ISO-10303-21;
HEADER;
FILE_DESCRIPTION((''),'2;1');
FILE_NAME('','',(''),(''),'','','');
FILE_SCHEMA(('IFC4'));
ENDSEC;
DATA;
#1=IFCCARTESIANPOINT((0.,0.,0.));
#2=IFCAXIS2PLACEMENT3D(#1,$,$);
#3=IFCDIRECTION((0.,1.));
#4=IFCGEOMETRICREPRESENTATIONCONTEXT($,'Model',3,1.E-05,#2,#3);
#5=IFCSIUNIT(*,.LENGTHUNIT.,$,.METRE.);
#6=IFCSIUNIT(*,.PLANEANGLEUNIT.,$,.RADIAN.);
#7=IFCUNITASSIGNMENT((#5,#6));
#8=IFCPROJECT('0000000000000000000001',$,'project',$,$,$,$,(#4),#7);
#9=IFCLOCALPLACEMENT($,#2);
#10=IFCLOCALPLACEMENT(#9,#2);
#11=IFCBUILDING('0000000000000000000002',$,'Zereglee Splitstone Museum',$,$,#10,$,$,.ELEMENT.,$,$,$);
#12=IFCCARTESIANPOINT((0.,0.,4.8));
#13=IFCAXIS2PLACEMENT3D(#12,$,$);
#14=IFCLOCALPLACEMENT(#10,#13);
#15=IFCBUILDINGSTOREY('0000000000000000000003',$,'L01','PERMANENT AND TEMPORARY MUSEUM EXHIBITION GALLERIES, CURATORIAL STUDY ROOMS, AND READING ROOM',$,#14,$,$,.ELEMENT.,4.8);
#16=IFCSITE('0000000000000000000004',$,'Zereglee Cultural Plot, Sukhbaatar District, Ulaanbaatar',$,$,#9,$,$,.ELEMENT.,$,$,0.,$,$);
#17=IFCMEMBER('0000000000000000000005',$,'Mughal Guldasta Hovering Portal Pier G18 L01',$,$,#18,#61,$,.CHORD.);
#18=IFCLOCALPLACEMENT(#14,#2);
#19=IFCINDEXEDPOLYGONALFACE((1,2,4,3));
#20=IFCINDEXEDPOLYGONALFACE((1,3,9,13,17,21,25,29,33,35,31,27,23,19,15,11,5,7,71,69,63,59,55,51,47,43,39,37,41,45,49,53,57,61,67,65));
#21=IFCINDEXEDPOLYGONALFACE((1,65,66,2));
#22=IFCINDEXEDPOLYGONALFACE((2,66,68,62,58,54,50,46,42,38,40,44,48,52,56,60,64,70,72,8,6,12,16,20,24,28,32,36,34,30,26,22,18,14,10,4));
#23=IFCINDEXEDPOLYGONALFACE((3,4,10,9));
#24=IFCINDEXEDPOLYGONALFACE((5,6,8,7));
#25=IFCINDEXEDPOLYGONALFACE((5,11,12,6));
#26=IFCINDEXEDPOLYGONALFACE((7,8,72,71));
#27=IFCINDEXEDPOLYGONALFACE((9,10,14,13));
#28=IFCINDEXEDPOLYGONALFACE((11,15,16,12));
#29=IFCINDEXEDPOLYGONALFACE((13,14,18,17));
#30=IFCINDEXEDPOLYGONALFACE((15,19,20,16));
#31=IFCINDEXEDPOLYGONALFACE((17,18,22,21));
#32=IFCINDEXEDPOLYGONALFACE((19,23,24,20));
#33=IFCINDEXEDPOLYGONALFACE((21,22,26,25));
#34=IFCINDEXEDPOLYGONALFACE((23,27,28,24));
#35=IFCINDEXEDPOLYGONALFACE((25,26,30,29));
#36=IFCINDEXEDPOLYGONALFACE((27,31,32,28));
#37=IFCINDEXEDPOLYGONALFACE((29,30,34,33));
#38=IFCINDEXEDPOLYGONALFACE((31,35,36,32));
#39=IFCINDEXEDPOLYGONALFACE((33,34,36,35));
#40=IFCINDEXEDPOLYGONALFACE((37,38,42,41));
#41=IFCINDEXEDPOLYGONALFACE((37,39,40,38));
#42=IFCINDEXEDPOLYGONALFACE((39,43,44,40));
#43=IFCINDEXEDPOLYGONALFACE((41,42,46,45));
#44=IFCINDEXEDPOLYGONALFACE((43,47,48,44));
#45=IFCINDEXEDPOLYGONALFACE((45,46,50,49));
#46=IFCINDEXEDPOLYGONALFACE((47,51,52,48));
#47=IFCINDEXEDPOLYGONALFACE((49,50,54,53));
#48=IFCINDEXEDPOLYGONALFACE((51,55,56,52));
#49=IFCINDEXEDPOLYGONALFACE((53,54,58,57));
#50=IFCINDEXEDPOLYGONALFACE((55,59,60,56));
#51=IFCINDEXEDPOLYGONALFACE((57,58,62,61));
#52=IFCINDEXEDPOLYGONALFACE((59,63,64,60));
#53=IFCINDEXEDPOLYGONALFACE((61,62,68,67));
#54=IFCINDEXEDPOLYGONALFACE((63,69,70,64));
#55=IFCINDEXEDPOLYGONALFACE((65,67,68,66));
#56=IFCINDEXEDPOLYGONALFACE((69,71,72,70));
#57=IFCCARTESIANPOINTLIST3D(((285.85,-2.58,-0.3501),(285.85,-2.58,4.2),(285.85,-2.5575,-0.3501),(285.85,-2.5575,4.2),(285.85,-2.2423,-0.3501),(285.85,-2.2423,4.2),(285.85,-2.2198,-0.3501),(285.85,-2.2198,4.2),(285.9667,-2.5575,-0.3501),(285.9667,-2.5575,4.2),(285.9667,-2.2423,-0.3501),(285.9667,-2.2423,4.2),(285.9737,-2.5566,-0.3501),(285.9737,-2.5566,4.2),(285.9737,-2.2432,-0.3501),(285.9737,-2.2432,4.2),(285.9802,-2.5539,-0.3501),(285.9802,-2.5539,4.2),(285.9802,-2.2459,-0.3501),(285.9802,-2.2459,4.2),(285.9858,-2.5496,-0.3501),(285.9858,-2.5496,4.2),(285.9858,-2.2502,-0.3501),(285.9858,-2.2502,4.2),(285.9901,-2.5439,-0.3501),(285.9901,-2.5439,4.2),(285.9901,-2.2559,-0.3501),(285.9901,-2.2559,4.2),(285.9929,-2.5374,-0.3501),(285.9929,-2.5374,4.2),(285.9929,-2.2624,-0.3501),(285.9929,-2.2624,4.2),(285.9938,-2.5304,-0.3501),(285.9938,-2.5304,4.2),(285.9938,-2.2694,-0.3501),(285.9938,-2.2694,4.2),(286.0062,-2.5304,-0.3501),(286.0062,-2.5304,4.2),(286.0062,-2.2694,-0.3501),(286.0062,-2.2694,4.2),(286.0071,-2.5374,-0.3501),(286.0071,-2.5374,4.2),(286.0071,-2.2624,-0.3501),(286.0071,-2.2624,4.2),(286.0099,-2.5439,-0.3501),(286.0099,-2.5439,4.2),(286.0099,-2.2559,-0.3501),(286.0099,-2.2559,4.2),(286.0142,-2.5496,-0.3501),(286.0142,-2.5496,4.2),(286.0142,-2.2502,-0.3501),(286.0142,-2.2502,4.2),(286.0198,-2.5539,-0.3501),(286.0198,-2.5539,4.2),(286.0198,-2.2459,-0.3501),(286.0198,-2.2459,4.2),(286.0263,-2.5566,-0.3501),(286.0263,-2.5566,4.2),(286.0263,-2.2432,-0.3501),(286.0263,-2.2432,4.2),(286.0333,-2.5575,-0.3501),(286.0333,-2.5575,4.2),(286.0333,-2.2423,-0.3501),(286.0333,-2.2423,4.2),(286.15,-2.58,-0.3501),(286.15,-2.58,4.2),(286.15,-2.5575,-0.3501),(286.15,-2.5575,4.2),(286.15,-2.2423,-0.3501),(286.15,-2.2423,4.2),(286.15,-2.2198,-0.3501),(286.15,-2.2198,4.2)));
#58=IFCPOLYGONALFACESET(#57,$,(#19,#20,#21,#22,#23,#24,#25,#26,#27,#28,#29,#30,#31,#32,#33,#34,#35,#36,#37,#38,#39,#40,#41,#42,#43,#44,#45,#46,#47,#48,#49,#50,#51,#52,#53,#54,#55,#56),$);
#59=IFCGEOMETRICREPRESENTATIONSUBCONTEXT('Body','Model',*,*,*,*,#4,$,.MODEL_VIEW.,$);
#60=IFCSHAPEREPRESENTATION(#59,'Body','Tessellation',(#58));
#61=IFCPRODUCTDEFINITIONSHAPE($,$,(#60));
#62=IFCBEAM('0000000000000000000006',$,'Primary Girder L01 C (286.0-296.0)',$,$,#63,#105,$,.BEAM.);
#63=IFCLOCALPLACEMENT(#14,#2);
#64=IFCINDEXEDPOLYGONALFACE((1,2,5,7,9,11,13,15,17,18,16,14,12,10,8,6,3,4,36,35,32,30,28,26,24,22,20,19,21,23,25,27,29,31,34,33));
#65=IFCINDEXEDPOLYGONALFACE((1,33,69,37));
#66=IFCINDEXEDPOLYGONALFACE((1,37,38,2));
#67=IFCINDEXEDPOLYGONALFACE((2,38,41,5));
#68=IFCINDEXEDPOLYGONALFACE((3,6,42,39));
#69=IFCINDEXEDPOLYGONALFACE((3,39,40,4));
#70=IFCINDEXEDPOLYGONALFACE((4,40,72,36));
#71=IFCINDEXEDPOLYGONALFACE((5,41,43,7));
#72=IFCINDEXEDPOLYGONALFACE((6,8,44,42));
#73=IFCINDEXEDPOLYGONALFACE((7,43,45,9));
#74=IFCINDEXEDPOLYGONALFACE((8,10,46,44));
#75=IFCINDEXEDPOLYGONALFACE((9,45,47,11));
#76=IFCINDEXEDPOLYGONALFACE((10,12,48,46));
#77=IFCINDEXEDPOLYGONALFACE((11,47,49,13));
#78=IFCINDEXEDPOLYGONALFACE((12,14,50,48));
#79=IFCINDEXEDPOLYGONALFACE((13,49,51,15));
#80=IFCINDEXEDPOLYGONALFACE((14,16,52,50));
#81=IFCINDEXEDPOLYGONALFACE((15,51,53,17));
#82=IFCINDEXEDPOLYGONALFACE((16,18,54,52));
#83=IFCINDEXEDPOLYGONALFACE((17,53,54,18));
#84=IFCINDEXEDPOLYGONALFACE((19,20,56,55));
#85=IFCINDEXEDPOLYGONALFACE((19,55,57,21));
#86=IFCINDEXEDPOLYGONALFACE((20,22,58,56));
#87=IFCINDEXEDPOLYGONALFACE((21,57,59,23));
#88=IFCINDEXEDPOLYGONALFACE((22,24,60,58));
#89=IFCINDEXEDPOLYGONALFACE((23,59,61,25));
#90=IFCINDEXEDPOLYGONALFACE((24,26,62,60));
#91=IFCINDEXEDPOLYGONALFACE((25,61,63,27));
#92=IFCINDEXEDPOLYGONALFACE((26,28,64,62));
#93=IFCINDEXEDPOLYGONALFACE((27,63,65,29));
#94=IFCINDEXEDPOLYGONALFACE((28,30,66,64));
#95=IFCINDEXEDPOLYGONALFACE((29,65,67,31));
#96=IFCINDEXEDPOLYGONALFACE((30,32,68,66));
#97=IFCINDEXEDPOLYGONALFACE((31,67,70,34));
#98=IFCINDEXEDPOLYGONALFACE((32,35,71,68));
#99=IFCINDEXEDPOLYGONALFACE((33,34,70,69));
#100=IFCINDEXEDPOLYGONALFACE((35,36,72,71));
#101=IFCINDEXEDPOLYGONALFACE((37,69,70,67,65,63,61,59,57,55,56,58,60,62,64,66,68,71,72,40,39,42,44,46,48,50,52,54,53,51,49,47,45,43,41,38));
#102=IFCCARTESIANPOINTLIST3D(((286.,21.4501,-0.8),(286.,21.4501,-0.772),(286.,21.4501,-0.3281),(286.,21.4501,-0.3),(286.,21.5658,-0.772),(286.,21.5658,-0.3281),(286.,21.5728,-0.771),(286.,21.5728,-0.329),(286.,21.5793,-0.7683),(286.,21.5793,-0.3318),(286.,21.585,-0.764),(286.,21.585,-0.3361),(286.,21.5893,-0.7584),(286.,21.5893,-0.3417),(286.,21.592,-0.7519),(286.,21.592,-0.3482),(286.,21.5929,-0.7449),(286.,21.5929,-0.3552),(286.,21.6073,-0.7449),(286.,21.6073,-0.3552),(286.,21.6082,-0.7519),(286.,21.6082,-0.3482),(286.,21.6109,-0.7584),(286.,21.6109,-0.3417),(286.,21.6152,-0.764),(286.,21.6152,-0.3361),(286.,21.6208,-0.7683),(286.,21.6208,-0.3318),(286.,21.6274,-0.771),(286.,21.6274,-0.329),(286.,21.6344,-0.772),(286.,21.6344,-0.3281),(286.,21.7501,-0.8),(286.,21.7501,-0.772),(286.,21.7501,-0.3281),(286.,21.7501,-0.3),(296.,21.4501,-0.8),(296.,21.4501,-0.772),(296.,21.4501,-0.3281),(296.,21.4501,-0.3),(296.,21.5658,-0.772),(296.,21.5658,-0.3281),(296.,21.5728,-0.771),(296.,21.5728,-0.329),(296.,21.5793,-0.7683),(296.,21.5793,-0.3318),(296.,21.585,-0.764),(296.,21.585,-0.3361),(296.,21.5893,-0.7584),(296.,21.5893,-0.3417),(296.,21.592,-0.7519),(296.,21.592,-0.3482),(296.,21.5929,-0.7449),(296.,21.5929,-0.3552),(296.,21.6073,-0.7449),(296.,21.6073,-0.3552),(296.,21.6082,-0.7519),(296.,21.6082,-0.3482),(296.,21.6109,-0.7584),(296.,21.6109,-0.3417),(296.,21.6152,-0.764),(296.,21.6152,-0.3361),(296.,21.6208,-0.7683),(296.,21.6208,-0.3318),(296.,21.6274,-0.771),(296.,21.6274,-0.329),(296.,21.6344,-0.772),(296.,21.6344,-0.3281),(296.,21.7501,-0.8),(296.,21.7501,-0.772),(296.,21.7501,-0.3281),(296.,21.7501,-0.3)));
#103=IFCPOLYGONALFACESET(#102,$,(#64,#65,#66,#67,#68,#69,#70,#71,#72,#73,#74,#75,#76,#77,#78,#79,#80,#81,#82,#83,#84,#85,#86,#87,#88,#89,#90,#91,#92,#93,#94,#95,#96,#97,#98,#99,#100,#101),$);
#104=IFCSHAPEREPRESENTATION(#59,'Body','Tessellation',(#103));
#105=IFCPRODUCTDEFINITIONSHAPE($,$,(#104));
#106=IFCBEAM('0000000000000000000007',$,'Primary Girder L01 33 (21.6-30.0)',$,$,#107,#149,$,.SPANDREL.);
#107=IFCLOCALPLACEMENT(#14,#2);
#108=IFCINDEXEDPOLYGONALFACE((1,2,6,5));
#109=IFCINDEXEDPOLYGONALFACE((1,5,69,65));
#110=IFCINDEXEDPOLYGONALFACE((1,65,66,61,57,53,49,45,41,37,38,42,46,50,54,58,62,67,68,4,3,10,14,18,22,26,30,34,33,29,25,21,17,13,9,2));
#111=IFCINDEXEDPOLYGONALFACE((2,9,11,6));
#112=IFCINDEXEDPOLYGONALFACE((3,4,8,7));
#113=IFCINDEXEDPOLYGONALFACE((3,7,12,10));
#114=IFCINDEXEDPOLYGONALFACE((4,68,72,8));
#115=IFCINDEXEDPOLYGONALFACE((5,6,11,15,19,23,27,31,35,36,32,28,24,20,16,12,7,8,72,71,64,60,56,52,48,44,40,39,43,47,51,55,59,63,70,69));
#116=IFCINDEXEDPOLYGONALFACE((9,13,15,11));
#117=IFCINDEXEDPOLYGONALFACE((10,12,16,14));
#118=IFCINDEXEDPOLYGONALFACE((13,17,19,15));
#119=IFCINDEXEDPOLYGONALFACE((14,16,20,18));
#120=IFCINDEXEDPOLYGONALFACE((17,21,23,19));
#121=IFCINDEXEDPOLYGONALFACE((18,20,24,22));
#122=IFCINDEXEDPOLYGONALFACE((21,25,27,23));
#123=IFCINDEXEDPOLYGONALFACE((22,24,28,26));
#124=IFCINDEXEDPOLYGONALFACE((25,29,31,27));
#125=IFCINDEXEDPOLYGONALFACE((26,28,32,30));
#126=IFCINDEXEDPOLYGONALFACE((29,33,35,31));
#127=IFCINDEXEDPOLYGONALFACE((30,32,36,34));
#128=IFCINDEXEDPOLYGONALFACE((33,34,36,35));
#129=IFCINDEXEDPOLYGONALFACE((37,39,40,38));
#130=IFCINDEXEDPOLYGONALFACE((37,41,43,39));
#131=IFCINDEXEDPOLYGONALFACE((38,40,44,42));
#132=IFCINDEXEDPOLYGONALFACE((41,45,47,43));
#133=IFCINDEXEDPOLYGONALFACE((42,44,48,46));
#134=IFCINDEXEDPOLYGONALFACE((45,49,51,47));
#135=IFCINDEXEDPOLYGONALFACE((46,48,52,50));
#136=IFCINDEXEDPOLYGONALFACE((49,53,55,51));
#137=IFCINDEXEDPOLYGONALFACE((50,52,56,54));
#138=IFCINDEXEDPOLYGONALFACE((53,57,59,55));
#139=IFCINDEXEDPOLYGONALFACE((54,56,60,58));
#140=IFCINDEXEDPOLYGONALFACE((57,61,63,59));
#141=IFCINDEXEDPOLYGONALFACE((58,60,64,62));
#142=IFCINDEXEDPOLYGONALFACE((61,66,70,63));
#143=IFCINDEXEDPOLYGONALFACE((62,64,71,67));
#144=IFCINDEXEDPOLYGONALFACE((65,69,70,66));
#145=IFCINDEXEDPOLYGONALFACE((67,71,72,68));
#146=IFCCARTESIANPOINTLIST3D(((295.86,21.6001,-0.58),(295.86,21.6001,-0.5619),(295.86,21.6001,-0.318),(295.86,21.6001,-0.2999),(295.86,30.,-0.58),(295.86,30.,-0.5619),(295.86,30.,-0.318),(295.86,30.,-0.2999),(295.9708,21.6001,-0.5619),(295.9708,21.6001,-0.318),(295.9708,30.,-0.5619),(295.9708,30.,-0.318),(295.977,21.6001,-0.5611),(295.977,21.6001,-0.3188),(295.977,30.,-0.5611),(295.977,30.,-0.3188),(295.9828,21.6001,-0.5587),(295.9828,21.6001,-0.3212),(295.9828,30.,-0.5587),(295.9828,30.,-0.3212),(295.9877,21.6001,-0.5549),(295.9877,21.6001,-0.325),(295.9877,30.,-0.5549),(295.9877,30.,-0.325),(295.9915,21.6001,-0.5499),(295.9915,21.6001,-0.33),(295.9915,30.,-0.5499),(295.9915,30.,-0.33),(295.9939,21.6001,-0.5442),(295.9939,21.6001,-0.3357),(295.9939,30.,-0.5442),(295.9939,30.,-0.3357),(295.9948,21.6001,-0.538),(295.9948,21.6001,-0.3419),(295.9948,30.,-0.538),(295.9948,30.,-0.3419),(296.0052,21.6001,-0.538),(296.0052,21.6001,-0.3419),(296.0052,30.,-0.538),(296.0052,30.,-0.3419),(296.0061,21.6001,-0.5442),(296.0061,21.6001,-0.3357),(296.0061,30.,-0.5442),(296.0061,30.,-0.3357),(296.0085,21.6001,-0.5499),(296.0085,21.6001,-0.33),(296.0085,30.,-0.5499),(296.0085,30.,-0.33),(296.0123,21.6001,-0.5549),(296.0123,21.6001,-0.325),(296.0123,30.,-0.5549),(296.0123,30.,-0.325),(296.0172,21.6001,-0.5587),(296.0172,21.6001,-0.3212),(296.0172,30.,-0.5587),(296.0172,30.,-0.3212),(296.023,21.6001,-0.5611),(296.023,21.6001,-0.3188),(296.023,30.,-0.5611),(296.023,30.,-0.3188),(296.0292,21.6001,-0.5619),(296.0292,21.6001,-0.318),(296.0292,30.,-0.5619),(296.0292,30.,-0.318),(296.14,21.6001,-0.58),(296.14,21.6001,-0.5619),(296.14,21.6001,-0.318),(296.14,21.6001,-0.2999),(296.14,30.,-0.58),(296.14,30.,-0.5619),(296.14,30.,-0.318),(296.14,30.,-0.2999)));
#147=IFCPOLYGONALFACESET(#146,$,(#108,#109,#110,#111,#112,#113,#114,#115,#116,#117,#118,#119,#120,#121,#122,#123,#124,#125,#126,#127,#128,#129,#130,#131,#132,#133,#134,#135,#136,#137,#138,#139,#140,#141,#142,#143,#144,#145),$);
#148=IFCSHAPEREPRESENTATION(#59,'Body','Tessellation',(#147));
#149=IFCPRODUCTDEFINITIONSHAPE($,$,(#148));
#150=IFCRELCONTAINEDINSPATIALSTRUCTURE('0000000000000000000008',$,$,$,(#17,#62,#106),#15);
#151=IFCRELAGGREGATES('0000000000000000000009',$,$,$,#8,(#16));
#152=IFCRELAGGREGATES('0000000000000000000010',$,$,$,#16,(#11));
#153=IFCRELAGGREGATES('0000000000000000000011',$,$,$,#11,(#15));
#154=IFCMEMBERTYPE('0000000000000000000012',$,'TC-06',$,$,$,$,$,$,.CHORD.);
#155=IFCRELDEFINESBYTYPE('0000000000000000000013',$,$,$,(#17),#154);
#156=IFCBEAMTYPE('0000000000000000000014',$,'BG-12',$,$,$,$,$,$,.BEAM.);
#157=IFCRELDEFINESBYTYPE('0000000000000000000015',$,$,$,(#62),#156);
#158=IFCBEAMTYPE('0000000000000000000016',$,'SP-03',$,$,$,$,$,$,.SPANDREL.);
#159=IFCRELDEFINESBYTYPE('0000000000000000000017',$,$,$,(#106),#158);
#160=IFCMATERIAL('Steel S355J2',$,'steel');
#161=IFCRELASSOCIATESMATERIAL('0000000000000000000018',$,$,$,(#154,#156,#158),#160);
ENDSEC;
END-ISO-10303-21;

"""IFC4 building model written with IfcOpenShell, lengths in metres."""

from ifc_helpers import new_model, si_unit, direction, frame, origin, origin_2d, place, context, subcontext, project, spatial, i_section, extrude, material, material_profile, profile_set, type_object, element, save


model = new_model("IFC4")

# Units and contexts
model_context = context("Model", 3, precision=1e-05, world=origin(), true_north=direction((0.0, 1.0)))
body_context = subcontext(model_context, "Body", "Model", "MODEL_VIEW")
ifc_project = project(units=[si_unit("LENGTHUNIT", "METRE"), si_unit("PLANEANGLEUNIT", "RADIAN")], contexts=[model_context])

# Site, building, storey
site_placement = place(None, origin())
site = spatial("IfcSite", under=ifc_project, at=site_placement, Name="Zereglee Cultural Plot, Sukhbaatar District, Ulaanbaatar", CompositionType="ELEMENT", RefElevation=0.0)
building_placement = place(site_placement, origin())
building = spatial("IfcBuilding", under=site, at=building_placement, Name="Zereglee Splitstone Museum", CompositionType="ELEMENT")
storey_placement = place(building_placement, frame((0.0, 0.0, 4.8)))
storey = spatial("IfcBuildingStorey", under=building, at=storey_placement, Name="L01", Description="PERMANENT AND TEMPORARY MUSEUM EXHIBITION GALLERIES, CURATORIAL STUDY ROOMS, AND READING ROOM", CompositionType="ELEMENT", Elevation=4.8)

# Shared definitions
ifc_material_1 = material(Name="Steel S355J2", Category="steel")

# Member
ifc_material_profile_1 = material_profile(ifc_material_1, i_section(OverallWidth=0.3, OverallDepth=0.3601, WebThickness=0.0125, FlangeThickness=0.0225, FilletRadius=0.0271, at=origin_2d()), Name="HE 360 B")
ifc_profile_set_1 = profile_set([ifc_material_profile_1], Name="Steel S355J2")
member_type_1 = type_object("IfcMemberType", Name="TC-06", PredefinedType="CHORD", material=ifc_profile_set_1)
member_1_placement = place(storey_placement, frame((286.0, -2.3999, -0.3501), z_axis=(0.0, 0.0, 1.0), x_axis=(1.0, 0.0, 0.0)))
element("IfcMember", 1, at=member_1_placement, inside=storey, type_object=member_type_1, Name="Mughal Guldasta Hovering Portal Pier G18 L01", PredefinedType="CHORD", context=body_context, shape_type="SweptSolid", body=[
    extrude(i_section(OverallWidth=0.3, OverallDepth=0.3601, WebThickness=0.0125, FlangeThickness=0.0225, FilletRadius=0.0271, at=origin_2d()), origin(), (0.0, 0.0, 1.0), 4.55),
])

# Beams
ifc_material_profile_2 = material_profile(ifc_material_1, i_section(OverallWidth=0.3, OverallDepth=0.5, WebThickness=0.0144, FlangeThickness=0.0281, FilletRadius=0.0271, at=origin_2d()), Name="HE 500 B")
ifc_profile_set_2 = profile_set([ifc_material_profile_2], Name="Steel S355J2")
beam_type_1 = type_object("IfcBeamType", Name="BG-12", PredefinedType="BEAM", material=ifc_profile_set_2)
beam_1_placement = place(storey_placement, frame((286.0, 21.6001, -0.55), z_axis=(1.0, 0.0, 0.0), x_axis=(0.0, 1.0, 0.0)))
element("IfcBeam", 2, at=beam_1_placement, inside=storey, type_object=beam_type_1, Name="Primary Girder L01 C (286.0-296.0)", PredefinedType="BEAM", context=body_context, shape_type="SweptSolid", body=[
    extrude(i_section(OverallWidth=0.3, OverallDepth=0.5, WebThickness=0.0144, FlangeThickness=0.0281, FilletRadius=0.0271, at=origin_2d()), origin(), (0.0, 0.0, 1.0), 10.0),
])
ifc_material_profile_3 = material_profile(ifc_material_1, i_section(OverallWidth=0.28, OverallDepth=0.28, WebThickness=0.0105, FlangeThickness=0.0181, FilletRadius=0.0239, at=origin_2d()), Name="HE 280 B")
ifc_profile_set_3 = profile_set([ifc_material_profile_3], Name="Steel S355J2")
beam_type_2 = type_object("IfcBeamType", Name="SP-03", PredefinedType="SPANDREL", material=ifc_profile_set_3)
beam_2_placement = place(storey_placement, frame((296.0, 21.6001, -0.4399), z_axis=(0.0, 1.0, 0.0), x_axis=(-1.0, 0.0, 0.0)))
element("IfcBeam", 3, at=beam_2_placement, inside=storey, type_object=beam_type_2, Name="Primary Girder L01 33 (21.6-30.0)", PredefinedType="SPANDREL", context=body_context, shape_type="SweptSolid", body=[
    extrude(i_section(OverallWidth=0.28, OverallDepth=0.28, WebThickness=0.0105, FlangeThickness=0.0181, FilletRadius=0.0239, at=origin_2d()), origin(), (0.0, 0.0, 1.0), 8.3999),
])

save(model, "model.ifc")
